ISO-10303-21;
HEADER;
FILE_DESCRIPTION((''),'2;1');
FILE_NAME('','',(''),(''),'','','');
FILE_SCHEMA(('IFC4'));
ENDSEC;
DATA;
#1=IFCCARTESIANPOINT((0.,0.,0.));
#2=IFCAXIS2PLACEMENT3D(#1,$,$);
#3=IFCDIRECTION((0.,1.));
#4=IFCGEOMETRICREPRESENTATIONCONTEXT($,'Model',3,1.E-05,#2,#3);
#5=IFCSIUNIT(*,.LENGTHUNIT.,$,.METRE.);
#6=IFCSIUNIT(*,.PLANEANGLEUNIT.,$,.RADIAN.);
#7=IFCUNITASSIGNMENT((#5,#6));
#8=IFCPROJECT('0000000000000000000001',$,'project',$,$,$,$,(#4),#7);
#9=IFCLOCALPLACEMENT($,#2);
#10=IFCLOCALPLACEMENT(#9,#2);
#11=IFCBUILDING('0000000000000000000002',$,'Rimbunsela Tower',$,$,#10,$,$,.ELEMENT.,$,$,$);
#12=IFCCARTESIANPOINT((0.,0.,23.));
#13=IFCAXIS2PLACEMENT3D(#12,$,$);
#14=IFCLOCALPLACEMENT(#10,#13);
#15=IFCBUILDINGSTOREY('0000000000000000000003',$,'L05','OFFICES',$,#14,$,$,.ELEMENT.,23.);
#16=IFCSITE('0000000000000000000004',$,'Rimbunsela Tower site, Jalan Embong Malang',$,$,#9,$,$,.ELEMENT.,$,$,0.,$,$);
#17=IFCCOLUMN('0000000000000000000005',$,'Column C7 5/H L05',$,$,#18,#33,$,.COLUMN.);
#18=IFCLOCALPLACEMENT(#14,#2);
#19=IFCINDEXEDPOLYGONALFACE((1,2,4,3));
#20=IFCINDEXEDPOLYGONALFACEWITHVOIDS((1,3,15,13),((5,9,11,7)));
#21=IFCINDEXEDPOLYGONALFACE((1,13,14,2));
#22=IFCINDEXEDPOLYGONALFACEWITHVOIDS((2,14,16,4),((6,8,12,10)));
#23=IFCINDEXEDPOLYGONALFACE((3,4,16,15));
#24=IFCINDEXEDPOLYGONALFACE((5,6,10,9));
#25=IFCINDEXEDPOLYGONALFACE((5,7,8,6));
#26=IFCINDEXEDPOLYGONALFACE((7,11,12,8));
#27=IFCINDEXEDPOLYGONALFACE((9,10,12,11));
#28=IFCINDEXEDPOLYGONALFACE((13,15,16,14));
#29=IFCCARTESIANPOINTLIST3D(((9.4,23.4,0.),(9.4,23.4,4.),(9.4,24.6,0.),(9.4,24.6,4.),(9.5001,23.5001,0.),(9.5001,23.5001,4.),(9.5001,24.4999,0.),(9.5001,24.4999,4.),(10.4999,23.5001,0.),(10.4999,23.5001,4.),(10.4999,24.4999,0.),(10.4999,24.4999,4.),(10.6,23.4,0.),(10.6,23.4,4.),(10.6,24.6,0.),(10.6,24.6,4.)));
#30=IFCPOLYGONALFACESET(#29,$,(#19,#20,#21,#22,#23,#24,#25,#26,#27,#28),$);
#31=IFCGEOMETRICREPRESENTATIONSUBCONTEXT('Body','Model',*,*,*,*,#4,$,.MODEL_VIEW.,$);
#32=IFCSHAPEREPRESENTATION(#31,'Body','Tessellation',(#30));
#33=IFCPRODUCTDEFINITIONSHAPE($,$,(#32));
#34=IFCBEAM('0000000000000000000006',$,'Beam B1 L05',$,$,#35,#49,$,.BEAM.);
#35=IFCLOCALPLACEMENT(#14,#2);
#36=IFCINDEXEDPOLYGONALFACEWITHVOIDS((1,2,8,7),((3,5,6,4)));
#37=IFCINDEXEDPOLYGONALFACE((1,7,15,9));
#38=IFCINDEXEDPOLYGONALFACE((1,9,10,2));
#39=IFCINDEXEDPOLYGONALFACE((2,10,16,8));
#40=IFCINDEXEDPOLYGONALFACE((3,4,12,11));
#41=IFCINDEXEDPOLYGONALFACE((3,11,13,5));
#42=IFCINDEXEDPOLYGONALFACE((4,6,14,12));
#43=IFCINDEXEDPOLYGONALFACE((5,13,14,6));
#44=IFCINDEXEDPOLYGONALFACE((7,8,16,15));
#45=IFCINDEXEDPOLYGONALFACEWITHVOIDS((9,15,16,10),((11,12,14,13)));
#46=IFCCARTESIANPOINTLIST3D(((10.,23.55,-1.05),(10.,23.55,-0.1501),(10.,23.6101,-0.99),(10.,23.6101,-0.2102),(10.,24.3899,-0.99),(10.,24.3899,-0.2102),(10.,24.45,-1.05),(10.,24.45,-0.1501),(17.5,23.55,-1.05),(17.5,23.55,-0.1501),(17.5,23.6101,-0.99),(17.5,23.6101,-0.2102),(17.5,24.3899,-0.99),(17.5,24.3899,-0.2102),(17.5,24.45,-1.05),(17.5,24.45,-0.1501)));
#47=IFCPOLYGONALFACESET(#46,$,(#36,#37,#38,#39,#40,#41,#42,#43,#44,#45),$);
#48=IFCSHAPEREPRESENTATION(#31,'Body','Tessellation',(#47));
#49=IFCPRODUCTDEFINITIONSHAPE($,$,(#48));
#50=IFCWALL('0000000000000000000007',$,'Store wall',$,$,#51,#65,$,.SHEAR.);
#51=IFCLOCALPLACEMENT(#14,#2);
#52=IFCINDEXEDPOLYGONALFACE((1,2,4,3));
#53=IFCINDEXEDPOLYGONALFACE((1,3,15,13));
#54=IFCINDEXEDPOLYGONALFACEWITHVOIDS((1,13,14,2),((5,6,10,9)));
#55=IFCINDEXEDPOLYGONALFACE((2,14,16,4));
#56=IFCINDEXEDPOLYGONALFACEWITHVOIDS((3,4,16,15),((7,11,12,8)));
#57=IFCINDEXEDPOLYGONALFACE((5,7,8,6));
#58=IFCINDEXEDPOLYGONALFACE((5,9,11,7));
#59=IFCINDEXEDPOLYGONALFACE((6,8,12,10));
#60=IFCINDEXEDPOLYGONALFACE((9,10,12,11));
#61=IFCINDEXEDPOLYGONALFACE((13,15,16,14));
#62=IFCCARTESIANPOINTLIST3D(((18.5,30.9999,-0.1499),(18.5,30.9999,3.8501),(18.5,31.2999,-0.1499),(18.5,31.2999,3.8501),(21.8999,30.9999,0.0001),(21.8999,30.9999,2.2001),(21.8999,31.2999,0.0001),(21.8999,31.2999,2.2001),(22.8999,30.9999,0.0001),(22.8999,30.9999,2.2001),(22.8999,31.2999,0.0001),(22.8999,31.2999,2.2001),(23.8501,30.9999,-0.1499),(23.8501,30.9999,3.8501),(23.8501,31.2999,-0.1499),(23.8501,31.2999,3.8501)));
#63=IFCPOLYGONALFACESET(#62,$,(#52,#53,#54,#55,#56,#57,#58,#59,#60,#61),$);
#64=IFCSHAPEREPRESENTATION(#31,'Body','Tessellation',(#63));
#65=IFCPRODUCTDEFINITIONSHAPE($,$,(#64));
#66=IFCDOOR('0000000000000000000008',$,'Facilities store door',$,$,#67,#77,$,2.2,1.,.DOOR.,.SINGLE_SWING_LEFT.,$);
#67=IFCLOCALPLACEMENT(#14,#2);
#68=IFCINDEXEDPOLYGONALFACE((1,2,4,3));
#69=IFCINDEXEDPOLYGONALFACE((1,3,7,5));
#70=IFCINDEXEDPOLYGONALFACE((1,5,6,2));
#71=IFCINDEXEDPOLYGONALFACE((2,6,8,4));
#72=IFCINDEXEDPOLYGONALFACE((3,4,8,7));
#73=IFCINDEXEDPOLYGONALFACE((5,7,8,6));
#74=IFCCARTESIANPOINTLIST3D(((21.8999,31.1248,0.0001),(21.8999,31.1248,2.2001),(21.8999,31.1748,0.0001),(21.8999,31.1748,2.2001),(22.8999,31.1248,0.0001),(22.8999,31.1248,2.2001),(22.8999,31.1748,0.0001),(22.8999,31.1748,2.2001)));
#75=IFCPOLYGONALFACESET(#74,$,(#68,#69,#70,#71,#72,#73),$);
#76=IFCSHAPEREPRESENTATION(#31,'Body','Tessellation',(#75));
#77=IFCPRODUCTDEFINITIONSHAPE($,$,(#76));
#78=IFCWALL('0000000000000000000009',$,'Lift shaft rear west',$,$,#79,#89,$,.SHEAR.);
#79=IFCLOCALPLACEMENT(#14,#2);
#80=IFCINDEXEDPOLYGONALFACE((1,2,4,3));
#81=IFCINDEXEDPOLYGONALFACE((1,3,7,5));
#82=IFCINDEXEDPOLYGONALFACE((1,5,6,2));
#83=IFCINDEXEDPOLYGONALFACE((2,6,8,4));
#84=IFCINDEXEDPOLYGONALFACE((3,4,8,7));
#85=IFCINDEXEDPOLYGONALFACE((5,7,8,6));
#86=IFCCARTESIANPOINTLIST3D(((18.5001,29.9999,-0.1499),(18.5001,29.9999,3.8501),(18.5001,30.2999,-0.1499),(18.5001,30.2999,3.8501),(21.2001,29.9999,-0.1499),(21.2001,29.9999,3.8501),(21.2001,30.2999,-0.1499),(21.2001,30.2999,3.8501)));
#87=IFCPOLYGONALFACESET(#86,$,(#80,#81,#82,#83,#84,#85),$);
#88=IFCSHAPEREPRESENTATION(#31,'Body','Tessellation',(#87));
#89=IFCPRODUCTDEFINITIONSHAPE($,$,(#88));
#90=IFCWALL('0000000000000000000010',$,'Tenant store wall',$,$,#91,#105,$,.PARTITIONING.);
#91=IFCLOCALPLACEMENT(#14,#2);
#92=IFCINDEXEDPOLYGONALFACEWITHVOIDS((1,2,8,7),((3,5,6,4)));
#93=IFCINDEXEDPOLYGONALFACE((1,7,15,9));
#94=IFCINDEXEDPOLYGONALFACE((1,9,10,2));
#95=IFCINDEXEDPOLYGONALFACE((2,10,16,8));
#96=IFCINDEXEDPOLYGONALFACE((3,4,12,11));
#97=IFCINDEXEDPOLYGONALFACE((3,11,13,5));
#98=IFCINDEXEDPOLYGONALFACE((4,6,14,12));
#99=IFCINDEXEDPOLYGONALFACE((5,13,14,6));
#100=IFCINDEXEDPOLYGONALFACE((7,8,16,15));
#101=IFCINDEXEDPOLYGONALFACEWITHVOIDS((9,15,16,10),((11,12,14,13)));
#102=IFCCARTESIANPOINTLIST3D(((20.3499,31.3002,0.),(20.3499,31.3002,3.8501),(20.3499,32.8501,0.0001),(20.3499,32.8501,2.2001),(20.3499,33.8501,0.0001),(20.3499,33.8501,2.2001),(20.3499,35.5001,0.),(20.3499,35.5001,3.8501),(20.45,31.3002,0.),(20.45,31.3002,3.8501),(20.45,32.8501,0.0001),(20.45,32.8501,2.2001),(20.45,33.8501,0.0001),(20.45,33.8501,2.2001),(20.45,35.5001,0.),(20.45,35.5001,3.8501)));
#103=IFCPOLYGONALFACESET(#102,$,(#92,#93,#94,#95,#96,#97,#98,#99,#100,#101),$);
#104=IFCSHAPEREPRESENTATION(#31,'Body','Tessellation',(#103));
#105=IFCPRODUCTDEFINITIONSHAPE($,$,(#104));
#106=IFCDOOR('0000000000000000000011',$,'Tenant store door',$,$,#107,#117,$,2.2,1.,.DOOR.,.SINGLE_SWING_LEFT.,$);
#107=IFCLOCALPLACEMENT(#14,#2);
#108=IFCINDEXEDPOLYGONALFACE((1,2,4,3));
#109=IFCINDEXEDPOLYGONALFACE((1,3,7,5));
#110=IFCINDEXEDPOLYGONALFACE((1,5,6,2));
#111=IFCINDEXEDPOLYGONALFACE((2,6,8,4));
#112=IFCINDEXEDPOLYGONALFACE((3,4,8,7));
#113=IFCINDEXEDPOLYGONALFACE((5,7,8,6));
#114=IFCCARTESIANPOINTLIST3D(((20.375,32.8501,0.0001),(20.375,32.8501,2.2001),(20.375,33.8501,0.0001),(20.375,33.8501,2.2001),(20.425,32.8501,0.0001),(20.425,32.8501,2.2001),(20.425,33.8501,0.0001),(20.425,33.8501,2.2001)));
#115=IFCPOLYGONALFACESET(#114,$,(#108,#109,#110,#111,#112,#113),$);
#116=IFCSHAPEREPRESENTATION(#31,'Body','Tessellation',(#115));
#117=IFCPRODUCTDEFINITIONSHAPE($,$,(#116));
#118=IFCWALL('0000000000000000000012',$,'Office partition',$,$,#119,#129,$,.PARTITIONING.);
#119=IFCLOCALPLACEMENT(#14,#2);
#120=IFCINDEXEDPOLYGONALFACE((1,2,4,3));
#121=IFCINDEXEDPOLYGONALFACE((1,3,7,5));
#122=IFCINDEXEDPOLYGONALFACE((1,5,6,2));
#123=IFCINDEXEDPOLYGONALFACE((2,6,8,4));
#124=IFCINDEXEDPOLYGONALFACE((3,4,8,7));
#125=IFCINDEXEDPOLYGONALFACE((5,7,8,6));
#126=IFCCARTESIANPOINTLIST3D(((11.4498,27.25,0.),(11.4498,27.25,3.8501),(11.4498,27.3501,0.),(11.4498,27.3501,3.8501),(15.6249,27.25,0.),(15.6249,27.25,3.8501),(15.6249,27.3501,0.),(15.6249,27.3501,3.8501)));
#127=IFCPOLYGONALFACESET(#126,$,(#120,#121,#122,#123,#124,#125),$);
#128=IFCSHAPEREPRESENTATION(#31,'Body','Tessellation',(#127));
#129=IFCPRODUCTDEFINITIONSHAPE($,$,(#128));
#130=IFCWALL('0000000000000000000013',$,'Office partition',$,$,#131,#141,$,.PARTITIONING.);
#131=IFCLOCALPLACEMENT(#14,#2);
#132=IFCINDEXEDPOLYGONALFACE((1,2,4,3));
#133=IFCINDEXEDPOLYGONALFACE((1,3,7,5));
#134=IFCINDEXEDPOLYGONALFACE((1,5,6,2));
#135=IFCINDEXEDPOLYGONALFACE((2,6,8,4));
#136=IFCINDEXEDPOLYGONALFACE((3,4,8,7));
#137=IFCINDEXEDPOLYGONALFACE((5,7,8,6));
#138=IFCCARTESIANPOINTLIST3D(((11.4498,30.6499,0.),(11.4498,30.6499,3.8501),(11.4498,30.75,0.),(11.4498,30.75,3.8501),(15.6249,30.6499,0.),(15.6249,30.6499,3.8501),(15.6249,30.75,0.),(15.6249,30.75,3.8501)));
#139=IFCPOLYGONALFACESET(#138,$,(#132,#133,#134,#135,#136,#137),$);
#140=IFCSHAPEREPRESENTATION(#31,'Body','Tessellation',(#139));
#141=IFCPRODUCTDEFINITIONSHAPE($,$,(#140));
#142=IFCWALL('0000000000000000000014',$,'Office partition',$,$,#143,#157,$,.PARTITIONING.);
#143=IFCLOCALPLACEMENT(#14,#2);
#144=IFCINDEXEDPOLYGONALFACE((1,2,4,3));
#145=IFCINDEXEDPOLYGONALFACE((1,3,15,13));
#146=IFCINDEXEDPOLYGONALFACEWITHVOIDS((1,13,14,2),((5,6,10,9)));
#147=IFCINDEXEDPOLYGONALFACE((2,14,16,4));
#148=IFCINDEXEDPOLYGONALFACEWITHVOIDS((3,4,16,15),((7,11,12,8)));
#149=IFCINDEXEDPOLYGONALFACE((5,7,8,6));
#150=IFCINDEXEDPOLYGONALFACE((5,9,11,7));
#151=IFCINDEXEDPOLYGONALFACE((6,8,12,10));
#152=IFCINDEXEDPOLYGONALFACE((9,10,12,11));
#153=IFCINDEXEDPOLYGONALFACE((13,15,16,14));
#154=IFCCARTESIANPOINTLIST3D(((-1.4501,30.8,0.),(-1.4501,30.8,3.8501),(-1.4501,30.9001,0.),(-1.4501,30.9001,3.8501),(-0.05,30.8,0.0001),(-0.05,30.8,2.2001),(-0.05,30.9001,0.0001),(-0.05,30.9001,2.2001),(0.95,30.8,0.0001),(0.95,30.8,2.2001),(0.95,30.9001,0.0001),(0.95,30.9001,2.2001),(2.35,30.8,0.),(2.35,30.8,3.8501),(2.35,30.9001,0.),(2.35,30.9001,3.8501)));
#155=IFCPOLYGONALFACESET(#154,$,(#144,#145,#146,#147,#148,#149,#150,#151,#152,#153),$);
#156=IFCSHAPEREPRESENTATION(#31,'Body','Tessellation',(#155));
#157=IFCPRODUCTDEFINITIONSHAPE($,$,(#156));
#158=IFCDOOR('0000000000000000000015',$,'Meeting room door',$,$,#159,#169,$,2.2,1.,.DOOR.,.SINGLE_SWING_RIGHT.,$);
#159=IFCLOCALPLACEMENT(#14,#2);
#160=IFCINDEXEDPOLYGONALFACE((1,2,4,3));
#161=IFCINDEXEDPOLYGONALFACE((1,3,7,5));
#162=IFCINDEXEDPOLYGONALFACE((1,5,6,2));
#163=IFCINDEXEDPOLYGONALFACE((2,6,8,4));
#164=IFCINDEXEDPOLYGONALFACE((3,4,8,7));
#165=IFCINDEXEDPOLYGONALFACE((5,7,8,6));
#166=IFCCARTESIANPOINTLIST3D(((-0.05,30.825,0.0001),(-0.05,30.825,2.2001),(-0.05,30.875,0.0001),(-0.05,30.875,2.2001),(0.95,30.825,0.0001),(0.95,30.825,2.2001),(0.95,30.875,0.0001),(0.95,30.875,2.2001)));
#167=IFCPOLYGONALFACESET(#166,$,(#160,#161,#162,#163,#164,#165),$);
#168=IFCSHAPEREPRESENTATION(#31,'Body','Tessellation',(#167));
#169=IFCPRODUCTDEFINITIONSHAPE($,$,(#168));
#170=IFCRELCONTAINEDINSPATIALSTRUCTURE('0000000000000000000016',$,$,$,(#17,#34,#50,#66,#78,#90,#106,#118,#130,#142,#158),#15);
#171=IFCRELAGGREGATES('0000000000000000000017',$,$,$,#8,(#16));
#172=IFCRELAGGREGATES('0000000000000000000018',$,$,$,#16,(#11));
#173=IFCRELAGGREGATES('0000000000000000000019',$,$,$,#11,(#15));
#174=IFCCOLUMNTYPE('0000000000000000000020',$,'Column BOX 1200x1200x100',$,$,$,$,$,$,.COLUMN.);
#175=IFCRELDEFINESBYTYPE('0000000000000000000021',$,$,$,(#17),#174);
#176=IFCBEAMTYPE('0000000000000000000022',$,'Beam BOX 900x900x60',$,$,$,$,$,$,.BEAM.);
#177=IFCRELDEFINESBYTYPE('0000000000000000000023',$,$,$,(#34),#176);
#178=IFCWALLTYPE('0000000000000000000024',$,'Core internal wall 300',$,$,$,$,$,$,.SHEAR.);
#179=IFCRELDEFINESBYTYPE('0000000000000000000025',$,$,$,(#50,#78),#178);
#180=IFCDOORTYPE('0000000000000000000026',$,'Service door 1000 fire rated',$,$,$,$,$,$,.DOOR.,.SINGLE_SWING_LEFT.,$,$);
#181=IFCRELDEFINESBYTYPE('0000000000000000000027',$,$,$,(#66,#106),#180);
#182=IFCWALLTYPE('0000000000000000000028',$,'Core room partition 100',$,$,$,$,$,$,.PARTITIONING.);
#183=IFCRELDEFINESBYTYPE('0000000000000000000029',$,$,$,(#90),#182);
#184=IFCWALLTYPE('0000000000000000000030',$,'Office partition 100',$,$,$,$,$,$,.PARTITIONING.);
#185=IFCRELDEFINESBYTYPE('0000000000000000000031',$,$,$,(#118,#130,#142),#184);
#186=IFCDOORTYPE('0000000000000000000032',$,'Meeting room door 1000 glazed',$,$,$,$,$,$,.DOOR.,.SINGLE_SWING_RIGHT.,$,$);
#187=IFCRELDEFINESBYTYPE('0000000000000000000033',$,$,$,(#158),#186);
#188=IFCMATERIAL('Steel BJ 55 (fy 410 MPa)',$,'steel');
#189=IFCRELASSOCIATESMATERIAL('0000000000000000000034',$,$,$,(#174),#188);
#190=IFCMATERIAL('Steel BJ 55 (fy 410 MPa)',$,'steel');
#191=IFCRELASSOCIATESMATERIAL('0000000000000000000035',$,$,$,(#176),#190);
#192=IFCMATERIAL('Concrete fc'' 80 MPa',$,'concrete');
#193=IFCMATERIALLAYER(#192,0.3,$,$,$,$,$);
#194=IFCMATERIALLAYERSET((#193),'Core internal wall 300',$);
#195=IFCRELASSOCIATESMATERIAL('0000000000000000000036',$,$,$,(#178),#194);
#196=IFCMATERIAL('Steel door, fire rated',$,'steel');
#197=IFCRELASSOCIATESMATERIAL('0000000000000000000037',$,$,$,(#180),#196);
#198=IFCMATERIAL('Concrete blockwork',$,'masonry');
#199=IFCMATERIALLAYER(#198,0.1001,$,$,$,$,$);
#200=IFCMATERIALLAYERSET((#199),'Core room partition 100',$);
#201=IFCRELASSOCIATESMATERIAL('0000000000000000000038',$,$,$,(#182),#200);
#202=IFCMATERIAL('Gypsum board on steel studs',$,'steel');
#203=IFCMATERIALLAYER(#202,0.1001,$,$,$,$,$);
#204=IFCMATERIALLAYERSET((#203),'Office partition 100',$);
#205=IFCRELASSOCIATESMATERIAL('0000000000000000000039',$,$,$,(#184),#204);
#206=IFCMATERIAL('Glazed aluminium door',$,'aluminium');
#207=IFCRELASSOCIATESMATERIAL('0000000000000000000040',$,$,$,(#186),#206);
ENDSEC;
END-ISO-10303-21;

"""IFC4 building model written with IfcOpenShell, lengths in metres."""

from ifc_helpers import new_model, si_unit, direction, frame, frame_2d, origin, origin_2d, place, context, subcontext, project, spatial, rectangle, hollow_rectangle, extrude, material, layer, layer_set, material_profile, profile_set, type_object, element, fill, save


model = new_model("IFC4")

# Units and contexts
model_context = context("Model", 3, precision=1e-05, world=origin(), true_north=direction((0.0, 1.0)))
body_context = subcontext(model_context, "Body", "Model", "MODEL_VIEW")
ifc_project = project(units=[si_unit("LENGTHUNIT", "METRE"), si_unit("PLANEANGLEUNIT", "RADIAN")], contexts=[model_context])

# Site, building, storey
site_placement = place(None, origin())
site = spatial("IfcSite", under=ifc_project, at=site_placement, Name="Rimbunsela Tower site, Jalan Embong Malang", CompositionType="ELEMENT", RefElevation=0.0)
building_placement = place(site_placement, origin())
building = spatial("IfcBuilding", under=site, at=building_placement, Name="Rimbunsela Tower", CompositionType="ELEMENT")
storey_placement = place(building_placement, frame((0.0, 0.0, 23.0)))
storey = spatial("IfcBuildingStorey", under=building, at=storey_placement, Name="L05", Description="OFFICES", CompositionType="ELEMENT", Elevation=23.0)

# Column
ifc_material_1 = material(Name="Steel BJ 55 (fy 410 MPa)", Category="steel")
ifc_material_profile_1 = material_profile(ifc_material_1, hollow_rectangle(XDim=1.2, YDim=1.2, WallThickness=0.1001, at=origin_2d()), Name="BOX 1200x1200x100")
ifc_profile_set_1 = profile_set([ifc_material_profile_1], Name="Steel BJ 55 (fy 410 MPa)")
column_type = type_object("IfcColumnType", Name="Column BOX 1200x1200x100", PredefinedType="COLUMN", material=ifc_profile_set_1)
column_placement = place(storey_placement, frame((10.0, 24.0, 0.0), z_axis=(0.0, 0.0, 1.0), x_axis=(1.0, 0.0, 0.0)))
element("IfcColumn", 1, at=column_placement, inside=storey, type_object=column_type, Name="Column C7 5/H L05", PredefinedType="COLUMN", context=body_context, shape_type="SweptSolid", body=[
    extrude(hollow_rectangle(XDim=1.2, YDim=1.2, WallThickness=0.1001, at=origin_2d()), origin(), (0.0, 0.0, 1.0), 4.0),
])

# Beam
ifc_material_2 = material(Name="Steel BJ 55 (fy 410 MPa)", Category="steel")
ifc_material_profile_2 = material_profile(ifc_material_2, hollow_rectangle(XDim=0.8999, YDim=0.8999, WallThickness=0.0601, at=origin_2d()), Name="BOX 900x900x60")
ifc_profile_set_2 = profile_set([ifc_material_profile_2], Name="Steel BJ 55 (fy 410 MPa)")
beam_type = type_object("IfcBeamType", Name="Beam BOX 900x900x60", PredefinedType="BEAM", material=ifc_profile_set_2)
beam_placement = place(storey_placement, frame((10.0, 24.0, -0.6001), z_axis=(1.0, 0.0, 0.0), x_axis=(0.0, 1.0, 0.0)))
element("IfcBeam", 2, at=beam_placement, inside=storey, type_object=beam_type, Name="Beam B1 L05", PredefinedType="BEAM", context=body_context, shape_type="SweptSolid", body=[
    extrude(hollow_rectangle(XDim=0.8999, YDim=0.8999, WallThickness=0.0601, at=origin_2d()), origin(), (0.0, 0.0, 1.0), 7.5),
])

# Wall, opening, door
ifc_material_3 = material(Name="Concrete fc' 80 MPa", Category="concrete")
ifc_layer_1 = layer(ifc_material_3, 0.3)
ifc_layer_set_1 = layer_set([ifc_layer_1], Name="Core internal wall 300")
wall_type_1 = type_object("IfcWallType", Name="Core internal wall 300", PredefinedType="SHEAR", material=ifc_layer_set_1)
wall_1_placement = place(storey_placement, frame((18.5, 31.1499, -0.1499), z_axis=(0.0, 0.0, 1.0), x_axis=(1.0, 0.0, 0.0)))
wall_1 = element("IfcWall", 3, at=wall_1_placement, inside=storey, type_object=wall_type_1, Name="Store wall", PredefinedType="SHEAR", context=body_context, shape_type="SweptSolid", body=[
    extrude(rectangle(XDim=5.3501, YDim=0.3, at=frame_2d((2.675, 0.0))), origin(), (0.0, 0.0, 1.0), 4.0),
])
opening_1_placement = place(wall_1_placement, frame((3.3999, 0.0, 0.1499)))
opening_1 = element("IfcOpeningElement", 4, at=opening_1_placement, cuts=wall_1, PredefinedType="OPENING", context=body_context, shape_type="SweptSolid", body=[
    extrude(rectangle(XDim=1.0, YDim=2.2, at=frame_2d((0.5, 1.1001))), frame((0.0, 0.1599, 0.0), z_axis=(0.0, -1.0, 0.0), x_axis=(1.0, 0.0, 0.0)), (0.0, 0.0, 1.0), 0.3201),
])
ifc_material_4 = material(Name="Steel door, fire rated", Category="steel")
door_type_1 = type_object("IfcDoorType", Name="Service door 1000 fire rated", OperationType="SINGLE_SWING_LEFT", PredefinedType="DOOR", material=ifc_material_4)
door_1_placement = place(opening_1_placement, origin())
door_1 = element("IfcDoor", 5, at=door_1_placement, inside=storey, type_object=door_type_1, Name="Facilities store door", OperationType="SINGLE_SWING_LEFT", OverallHeight=2.2, OverallWidth=1.0, PredefinedType="DOOR", context=body_context, shape_type="SweptSolid", body=[
    extrude(rectangle(XDim=1.0, YDim=2.2, at=frame_2d((0.5, 1.1001))), frame((0.0, 0.0249, 0.0), z_axis=(0.0, -1.0, 0.0), x_axis=(1.0, 0.0, 0.0)), (0.0, 0.0, 1.0), 0.05),
])
fill(opening_1, door_1)

# Wall
wall_2_placement = place(storey_placement, frame((18.5, 30.1499, -0.1499), z_axis=(0.0, 0.0, 1.0), x_axis=(1.0, 0.0, 0.0)))
element("IfcWall", 6, at=wall_2_placement, inside=storey, type_object=wall_type_1, Name="Lift shaft rear west", PredefinedType="SHEAR", context=body_context, shape_type="SweptSolid", body=[
    extrude(rectangle(XDim=2.7, YDim=0.3, at=frame_2d((1.3501, 0.0))), origin(), (0.0, 0.0, 1.0), 4.0),
])

# Wall, opening, door
ifc_material_5 = material(Name="Concrete blockwork", Category="masonry")
ifc_layer_2 = layer(ifc_material_5, 0.1001)
ifc_layer_set_2 = layer_set([ifc_layer_2], Name="Core room partition 100")
wall_type_2 = type_object("IfcWallType", Name="Core room partition 100", PredefinedType="PARTITIONING", material=ifc_layer_set_2)
wall_3_placement = place(storey_placement, frame((20.3999, 31.3, 0.0), z_axis=(0.0, 0.0, 1.0), x_axis=(0.0, 1.0, 0.0)))
wall_3 = element("IfcWall", 7, at=wall_3_placement, inside=storey, type_object=wall_type_2, Name="Tenant store wall", PredefinedType="PARTITIONING", context=body_context, shape_type="SweptSolid", body=[
    extrude(rectangle(XDim=4.2, YDim=0.1001, at=frame_2d((2.1001, 0.0))), origin(), (0.0, 0.0, 1.0), 3.8501),
])
opening_2_placement = place(wall_3_placement, frame((1.55, 0.0, 0.0)))
opening_2 = element("IfcOpeningElement", 8, at=opening_2_placement, cuts=wall_3, PredefinedType="OPENING", context=body_context, shape_type="SweptSolid", body=[
    extrude(rectangle(XDim=1.0, YDim=2.2, at=frame_2d((0.5, 1.1001))), frame((0.0, 0.0601, 0.0), z_axis=(0.0, -1.0, 0.0), x_axis=(1.0, 0.0, 0.0)), (0.0, 0.0, 1.0), 0.1201),
])
door_2_placement = place(opening_2_placement, origin())
door_2 = element("IfcDoor", 9, at=door_2_placement, inside=storey, type_object=door_type_1, Name="Tenant store door", OperationType="SINGLE_SWING_LEFT", OverallHeight=2.2, OverallWidth=1.0, PredefinedType="DOOR", context=body_context, shape_type="SweptSolid", body=[
    extrude(rectangle(XDim=1.0, YDim=2.2, at=frame_2d((0.5, 1.1001))), frame((0.0, 0.0249, 0.0), z_axis=(0.0, -1.0, 0.0), x_axis=(1.0, 0.0, 0.0)), (0.0, 0.0, 1.0), 0.05),
])
fill(opening_2, door_2)

# Walls
ifc_material_6 = material(Name="Gypsum board on steel studs", Category="steel")
ifc_layer_3 = layer(ifc_material_6, 0.1001)
ifc_layer_set_3 = layer_set([ifc_layer_3], Name="Office partition 100")
wall_type_3 = type_object("IfcWallType", Name="Office partition 100", PredefinedType="PARTITIONING", material=ifc_layer_set_3)
for number, where, z_axis, x_axis, name in (
    (10, (11.45, 27.3, 0.0), (0.0, 0.0, 1.0), (1.0, 0.0, 0.0), "Office partition"),
    (11, (11.45, 30.7, 0.0), (0.0, 0.0, 1.0), (1.0, 0.0, 0.0), "Office partition"),
):
    element("IfcWall", number, at=place(storey_placement, frame(where, z_axis=z_axis, x_axis=x_axis)), inside=storey, type_object=wall_type_3, Name=name, PredefinedType="PARTITIONING", context=body_context, shape_type="SweptSolid", body=[
        extrude(rectangle(XDim=4.175, YDim=0.1001, at=frame_2d((2.0874, 0.0))), origin(), (0.0, 0.0, 1.0), 3.8501),
    ])

# Wall, opening, door
wall_4_placement = place(storey_placement, frame((-1.45, 30.8501, 0.0), z_axis=(0.0, 0.0, 1.0), x_axis=(1.0, 0.0, 0.0)))
wall_4 = element("IfcWall", 12, at=wall_4_placement, inside=storey, type_object=wall_type_3, Name="Office partition", PredefinedType="PARTITIONING", context=body_context, shape_type="SweptSolid", body=[
    extrude(rectangle(XDim=3.8, YDim=0.1001, at=frame_2d((1.8999, 0.0))), origin(), (0.0, 0.0, 1.0), 3.8501),
])
opening_3_placement = place(wall_4_placement, frame((1.3999, 0.0, 0.0)))
opening_3 = element("IfcOpeningElement", 13, at=opening_3_placement, cuts=wall_4, PredefinedType="OPENING", context=body_context, shape_type="SweptSolid", body=[
    extrude(rectangle(XDim=1.0, YDim=2.2, at=frame_2d((0.5, 1.1001))), frame((0.0, 0.0601, 0.0), z_axis=(0.0, -1.0, 0.0), x_axis=(1.0, 0.0, 0.0)), (0.0, 0.0, 1.0), 0.1201),
])
ifc_material_7 = material(Name="Glazed aluminium door", Category="aluminium")
door_type_2 = type_object("IfcDoorType", Name="Meeting room door 1000 glazed", OperationType="SINGLE_SWING_RIGHT", PredefinedType="DOOR", material=ifc_material_7)
door_3_placement = place(opening_3_placement, origin())
door_3 = element("IfcDoor", 14, at=door_3_placement, inside=storey, type_object=door_type_2, Name="Meeting room door", OperationType="SINGLE_SWING_RIGHT", OverallHeight=2.2, OverallWidth=1.0, PredefinedType="DOOR", context=body_context, shape_type="SweptSolid", body=[
    extrude(rectangle(XDim=1.0, YDim=2.2, at=frame_2d((0.5, 1.1001))), frame((0.0, 0.0249, 0.0), z_axis=(0.0, -1.0, 0.0), x_axis=(1.0, 0.0, 0.0)), (0.0, 0.0, 1.0), 0.05),
])
fill(opening_3, door_3)

save(model, "model.ifc")
